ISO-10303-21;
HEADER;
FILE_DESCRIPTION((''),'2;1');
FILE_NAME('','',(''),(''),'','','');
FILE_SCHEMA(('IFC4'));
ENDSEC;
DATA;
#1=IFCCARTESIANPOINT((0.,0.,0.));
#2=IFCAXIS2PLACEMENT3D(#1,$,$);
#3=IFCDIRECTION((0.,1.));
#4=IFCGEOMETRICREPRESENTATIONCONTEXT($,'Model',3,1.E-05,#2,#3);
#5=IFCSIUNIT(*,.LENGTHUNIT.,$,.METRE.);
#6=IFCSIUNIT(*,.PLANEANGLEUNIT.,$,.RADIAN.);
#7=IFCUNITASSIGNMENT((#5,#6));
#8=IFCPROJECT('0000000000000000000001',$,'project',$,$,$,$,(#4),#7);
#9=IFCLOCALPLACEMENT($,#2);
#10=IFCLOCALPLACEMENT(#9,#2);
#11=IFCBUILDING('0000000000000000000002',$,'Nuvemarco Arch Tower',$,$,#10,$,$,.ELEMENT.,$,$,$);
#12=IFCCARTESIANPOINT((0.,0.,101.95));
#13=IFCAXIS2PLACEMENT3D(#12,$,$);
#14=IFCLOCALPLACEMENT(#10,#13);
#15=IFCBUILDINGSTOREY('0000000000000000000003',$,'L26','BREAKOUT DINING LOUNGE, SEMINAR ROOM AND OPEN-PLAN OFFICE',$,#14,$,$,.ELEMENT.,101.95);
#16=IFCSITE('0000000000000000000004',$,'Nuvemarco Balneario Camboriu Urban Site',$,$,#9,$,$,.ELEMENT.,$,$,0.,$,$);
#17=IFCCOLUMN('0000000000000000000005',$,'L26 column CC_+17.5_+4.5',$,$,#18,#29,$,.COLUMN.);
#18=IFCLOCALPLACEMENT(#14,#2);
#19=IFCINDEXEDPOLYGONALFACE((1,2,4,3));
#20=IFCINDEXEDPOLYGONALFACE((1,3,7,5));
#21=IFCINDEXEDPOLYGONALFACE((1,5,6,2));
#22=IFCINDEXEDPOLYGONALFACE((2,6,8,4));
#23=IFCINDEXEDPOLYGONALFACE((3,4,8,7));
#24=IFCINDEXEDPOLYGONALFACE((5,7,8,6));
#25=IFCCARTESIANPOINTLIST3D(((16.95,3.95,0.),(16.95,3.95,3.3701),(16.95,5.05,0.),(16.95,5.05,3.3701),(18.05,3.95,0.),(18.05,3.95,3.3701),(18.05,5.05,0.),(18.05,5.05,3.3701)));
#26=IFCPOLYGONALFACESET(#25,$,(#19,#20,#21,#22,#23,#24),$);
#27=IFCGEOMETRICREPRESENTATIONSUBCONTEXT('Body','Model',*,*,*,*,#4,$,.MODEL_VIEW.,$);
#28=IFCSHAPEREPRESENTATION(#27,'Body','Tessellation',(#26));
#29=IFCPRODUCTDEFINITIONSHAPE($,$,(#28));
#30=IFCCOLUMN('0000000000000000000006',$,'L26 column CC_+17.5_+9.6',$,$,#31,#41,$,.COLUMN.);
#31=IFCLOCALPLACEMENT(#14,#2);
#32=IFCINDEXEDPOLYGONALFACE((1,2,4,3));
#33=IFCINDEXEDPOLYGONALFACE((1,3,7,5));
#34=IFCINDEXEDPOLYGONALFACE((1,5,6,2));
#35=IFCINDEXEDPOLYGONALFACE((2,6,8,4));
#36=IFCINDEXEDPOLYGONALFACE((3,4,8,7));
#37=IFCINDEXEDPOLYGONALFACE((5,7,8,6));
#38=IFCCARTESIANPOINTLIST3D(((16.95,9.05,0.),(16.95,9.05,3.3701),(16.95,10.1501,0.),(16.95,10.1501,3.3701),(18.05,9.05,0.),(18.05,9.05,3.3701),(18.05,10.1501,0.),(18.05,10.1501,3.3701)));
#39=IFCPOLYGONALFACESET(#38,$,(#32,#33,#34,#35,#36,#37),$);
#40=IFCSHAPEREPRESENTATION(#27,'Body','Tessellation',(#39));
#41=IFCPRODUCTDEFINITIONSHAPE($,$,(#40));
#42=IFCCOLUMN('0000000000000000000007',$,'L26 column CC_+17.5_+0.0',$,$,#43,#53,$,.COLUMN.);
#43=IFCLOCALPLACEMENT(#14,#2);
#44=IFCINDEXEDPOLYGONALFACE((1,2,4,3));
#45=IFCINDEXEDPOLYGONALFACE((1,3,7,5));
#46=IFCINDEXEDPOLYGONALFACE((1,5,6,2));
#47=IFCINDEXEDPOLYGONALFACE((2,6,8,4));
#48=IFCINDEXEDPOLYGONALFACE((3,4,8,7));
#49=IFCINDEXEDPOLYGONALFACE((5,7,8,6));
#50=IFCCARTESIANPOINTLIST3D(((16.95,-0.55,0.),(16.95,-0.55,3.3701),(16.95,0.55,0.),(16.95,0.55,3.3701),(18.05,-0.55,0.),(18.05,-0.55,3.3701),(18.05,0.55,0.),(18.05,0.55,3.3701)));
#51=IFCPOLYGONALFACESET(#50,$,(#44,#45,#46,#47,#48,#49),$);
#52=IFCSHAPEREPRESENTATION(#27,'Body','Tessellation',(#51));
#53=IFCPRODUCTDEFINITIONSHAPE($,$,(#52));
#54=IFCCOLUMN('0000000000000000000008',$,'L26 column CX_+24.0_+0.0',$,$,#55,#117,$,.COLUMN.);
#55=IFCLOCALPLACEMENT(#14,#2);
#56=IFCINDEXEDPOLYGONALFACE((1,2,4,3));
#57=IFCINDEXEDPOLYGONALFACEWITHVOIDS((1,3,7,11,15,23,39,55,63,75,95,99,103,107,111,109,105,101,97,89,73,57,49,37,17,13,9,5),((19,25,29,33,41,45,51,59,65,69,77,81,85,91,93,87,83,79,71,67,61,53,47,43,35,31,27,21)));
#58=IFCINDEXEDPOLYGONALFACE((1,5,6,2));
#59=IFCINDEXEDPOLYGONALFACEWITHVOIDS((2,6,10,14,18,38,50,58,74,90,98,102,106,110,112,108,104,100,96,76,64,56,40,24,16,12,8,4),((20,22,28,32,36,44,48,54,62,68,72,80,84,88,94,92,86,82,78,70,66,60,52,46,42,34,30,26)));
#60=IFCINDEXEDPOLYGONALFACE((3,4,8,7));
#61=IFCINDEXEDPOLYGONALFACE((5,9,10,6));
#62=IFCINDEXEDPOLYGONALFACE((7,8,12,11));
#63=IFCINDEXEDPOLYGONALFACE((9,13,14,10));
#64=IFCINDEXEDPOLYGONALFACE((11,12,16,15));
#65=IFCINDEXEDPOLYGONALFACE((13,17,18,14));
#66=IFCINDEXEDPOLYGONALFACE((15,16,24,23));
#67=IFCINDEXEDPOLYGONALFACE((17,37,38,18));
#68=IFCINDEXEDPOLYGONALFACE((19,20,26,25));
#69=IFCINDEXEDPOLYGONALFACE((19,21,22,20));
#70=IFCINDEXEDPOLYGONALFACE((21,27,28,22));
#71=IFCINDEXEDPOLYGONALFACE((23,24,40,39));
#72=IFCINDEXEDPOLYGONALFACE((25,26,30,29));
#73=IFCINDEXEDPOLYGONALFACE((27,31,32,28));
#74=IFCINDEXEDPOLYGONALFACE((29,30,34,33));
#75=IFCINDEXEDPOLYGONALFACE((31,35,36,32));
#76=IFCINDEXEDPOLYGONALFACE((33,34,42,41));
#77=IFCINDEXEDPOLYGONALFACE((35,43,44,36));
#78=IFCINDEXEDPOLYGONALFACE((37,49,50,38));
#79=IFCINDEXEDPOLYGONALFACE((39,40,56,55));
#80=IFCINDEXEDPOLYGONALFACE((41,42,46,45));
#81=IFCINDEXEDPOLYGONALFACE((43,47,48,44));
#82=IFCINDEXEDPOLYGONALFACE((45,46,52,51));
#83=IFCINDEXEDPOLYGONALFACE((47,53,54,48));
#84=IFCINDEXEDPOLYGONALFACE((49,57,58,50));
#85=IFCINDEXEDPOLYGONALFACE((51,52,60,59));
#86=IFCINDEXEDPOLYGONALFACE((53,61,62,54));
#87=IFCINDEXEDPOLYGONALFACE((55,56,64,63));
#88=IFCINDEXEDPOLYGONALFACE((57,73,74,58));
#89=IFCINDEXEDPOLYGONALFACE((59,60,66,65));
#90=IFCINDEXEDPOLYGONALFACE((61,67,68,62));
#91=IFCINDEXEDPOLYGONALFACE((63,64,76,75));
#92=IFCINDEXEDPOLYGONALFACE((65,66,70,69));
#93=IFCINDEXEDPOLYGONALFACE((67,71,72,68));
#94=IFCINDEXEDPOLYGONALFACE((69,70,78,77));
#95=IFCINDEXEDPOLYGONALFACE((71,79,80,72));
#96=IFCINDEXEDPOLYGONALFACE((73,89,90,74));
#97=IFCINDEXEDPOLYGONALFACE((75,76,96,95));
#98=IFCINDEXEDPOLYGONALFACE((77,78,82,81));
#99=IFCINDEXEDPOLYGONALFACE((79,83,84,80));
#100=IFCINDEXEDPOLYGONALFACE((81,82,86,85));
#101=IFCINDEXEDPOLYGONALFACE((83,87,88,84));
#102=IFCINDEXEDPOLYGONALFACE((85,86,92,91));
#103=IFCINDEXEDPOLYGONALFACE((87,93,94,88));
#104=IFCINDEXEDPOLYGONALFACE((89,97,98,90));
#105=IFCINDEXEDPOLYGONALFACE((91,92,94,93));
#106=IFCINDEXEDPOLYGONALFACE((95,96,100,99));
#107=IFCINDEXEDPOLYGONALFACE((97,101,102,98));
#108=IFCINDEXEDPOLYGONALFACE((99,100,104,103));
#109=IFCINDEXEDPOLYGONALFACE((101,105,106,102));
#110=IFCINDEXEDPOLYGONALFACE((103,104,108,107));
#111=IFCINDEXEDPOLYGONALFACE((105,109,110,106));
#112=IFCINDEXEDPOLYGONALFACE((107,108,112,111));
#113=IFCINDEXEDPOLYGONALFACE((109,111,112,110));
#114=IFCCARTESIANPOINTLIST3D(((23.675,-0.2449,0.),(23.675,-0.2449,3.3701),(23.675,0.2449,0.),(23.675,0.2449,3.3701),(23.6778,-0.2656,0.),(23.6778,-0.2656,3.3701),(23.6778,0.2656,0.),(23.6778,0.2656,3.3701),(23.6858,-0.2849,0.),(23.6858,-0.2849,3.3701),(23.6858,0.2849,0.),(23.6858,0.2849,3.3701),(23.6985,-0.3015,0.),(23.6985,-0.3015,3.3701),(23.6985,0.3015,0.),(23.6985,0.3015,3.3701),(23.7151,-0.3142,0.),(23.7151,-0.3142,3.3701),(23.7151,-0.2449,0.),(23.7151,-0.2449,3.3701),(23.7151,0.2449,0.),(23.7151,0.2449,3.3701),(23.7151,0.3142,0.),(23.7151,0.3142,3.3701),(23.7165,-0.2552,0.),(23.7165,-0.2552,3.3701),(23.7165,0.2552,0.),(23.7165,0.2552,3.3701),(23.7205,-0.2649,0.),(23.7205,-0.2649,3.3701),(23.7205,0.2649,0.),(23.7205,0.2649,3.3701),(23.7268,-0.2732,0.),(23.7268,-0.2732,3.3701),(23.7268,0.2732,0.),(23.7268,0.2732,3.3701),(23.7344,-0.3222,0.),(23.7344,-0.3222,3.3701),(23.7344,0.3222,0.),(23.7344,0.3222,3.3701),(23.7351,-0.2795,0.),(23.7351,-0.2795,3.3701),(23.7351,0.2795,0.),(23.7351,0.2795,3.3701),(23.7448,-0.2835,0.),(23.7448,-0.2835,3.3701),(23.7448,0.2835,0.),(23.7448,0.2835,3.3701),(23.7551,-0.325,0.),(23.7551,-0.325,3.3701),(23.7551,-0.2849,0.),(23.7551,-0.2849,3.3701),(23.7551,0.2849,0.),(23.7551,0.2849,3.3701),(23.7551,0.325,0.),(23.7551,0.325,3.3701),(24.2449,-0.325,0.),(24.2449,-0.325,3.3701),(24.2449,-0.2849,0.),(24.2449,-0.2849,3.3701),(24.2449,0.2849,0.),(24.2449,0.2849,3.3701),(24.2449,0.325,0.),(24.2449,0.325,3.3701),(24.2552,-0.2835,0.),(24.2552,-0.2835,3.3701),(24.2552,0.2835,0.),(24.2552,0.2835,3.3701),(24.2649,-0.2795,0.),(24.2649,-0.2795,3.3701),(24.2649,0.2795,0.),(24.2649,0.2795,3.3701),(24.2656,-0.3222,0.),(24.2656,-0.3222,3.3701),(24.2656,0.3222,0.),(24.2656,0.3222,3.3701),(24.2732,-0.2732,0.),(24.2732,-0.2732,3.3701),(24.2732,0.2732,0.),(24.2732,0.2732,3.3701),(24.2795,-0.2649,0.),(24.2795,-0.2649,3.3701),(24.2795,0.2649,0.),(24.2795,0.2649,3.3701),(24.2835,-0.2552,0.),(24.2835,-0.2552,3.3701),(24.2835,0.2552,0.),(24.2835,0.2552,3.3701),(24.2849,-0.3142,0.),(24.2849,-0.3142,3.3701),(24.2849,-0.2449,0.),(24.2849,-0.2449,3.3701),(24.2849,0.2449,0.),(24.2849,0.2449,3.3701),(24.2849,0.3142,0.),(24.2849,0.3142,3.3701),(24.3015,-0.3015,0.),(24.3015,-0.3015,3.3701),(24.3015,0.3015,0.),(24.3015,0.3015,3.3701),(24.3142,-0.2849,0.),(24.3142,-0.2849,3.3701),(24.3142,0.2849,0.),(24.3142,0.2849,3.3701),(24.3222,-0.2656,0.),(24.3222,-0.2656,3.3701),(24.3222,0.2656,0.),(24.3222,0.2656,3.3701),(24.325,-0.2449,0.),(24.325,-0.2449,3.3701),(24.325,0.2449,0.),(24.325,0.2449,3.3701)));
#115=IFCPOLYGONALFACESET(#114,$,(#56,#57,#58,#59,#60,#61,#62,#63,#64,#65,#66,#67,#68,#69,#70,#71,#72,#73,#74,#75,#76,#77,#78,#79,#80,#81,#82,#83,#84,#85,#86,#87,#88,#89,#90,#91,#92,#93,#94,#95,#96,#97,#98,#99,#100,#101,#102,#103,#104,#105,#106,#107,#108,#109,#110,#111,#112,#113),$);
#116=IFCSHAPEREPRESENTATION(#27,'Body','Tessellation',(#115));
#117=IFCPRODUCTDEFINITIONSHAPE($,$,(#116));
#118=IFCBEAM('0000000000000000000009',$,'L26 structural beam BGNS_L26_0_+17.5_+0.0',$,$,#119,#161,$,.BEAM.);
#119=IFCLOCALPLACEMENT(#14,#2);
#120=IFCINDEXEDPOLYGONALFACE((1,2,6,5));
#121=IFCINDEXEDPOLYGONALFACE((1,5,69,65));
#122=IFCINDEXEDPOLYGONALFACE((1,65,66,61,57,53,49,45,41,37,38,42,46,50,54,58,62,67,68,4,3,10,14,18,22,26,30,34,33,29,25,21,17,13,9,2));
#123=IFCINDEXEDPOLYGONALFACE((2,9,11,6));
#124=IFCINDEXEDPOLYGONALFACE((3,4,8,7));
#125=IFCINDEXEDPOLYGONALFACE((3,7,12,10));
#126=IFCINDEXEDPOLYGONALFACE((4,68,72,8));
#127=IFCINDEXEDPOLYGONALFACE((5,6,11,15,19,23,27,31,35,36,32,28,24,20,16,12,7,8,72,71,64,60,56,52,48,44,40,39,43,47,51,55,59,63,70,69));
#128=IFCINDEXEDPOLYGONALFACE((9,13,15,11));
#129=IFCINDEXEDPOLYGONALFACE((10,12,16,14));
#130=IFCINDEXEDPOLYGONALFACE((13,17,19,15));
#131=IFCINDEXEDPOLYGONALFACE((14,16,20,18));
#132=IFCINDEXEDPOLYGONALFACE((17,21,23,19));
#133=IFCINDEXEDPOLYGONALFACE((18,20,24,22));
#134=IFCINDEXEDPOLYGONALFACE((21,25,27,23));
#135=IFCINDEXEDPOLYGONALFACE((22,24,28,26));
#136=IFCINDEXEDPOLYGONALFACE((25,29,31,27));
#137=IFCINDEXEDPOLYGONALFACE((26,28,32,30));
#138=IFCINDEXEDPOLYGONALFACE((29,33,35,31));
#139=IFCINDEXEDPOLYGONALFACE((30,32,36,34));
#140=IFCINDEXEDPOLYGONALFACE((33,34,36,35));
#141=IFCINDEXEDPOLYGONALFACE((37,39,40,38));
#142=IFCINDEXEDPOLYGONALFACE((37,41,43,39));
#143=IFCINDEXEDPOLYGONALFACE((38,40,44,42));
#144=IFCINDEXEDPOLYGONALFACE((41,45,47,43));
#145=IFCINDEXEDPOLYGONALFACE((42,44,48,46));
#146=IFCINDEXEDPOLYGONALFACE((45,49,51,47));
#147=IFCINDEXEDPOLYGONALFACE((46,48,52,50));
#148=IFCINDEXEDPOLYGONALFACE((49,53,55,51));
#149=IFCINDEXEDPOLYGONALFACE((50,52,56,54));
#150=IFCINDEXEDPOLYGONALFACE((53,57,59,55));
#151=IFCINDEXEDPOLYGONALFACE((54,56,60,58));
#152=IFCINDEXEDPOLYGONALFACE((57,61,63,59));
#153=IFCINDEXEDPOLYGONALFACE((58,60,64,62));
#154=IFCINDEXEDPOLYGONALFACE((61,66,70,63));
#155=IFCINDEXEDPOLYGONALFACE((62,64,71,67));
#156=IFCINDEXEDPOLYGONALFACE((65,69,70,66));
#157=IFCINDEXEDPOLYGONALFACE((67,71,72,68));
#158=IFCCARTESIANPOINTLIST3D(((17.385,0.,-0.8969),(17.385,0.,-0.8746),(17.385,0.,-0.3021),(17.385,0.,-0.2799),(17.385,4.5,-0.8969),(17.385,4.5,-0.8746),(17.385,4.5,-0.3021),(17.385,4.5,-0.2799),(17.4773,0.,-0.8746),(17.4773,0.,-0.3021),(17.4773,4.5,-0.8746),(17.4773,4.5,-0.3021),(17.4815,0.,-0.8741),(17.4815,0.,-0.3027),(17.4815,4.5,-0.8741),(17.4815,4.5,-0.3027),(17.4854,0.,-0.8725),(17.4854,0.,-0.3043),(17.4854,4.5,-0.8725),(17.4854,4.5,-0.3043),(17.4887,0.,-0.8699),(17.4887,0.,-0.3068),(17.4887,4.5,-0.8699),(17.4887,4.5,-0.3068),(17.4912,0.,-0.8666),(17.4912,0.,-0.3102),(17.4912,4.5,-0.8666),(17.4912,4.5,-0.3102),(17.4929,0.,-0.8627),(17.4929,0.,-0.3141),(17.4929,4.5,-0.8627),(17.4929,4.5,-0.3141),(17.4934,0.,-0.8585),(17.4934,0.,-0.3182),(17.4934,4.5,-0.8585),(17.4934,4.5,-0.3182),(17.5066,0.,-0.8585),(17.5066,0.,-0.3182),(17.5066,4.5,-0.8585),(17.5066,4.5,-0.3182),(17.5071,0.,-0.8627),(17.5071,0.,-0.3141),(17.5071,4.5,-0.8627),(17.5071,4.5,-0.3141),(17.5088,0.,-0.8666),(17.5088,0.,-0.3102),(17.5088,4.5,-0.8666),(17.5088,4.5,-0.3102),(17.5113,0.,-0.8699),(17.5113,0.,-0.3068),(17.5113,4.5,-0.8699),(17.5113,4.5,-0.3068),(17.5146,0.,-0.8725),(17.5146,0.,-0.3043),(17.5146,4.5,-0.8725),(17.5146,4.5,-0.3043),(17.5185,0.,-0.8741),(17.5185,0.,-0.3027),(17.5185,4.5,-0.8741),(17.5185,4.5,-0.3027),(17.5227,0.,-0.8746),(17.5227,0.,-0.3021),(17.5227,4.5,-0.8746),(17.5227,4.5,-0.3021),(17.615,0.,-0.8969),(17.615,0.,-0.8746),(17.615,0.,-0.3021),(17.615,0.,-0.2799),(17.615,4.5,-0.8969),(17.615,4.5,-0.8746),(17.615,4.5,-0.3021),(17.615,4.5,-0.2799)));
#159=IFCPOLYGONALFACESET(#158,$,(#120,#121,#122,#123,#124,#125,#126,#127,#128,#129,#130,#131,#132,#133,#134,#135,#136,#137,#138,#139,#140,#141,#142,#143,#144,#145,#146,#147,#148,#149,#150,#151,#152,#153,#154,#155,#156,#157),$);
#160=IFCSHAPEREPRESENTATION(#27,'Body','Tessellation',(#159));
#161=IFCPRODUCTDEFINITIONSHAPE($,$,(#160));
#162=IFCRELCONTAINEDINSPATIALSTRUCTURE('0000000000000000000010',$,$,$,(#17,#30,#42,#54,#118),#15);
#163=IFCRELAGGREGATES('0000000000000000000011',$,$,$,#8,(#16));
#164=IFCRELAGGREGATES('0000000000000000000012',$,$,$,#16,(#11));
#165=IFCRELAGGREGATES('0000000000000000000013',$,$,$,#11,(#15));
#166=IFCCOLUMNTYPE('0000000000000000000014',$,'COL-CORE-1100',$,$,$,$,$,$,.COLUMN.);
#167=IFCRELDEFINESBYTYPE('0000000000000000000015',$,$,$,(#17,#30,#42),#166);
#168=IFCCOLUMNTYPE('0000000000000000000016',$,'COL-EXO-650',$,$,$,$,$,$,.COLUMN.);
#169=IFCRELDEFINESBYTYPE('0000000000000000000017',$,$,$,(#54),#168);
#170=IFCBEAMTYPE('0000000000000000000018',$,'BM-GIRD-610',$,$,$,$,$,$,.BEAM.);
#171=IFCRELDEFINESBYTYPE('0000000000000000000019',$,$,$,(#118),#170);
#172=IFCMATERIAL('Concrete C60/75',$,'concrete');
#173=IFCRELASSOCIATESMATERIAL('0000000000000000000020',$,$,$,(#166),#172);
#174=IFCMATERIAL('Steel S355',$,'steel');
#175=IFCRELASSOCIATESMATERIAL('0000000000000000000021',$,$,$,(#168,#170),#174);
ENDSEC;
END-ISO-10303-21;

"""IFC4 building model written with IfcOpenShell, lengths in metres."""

from ifc_helpers import new_model, si_unit, direction, frame, origin, origin_2d, place, context, subcontext, project, spatial, rectangle, hollow_rectangle, i_section, extrude, material, material_profile, profile_set, type_object, element, save


model = new_model("IFC4")

# Units and contexts
model_context = context("Model", 3, precision=1e-05, world=origin(), true_north=direction((0.0, 1.0)))
body_context = subcontext(model_context, "Body", "Model", "MODEL_VIEW")
ifc_project = project(units=[si_unit("LENGTHUNIT", "METRE"), si_unit("PLANEANGLEUNIT", "RADIAN")], contexts=[model_context])

# Site, building, storey
site_placement = place(None, origin())
site = spatial("IfcSite", under=ifc_project, at=site_placement, Name="Nuvemarco Balneario Camboriu Urban Site", CompositionType="ELEMENT", RefElevation=0.0)
building_placement = place(site_placement, origin())
building = spatial("IfcBuilding", under=site, at=building_placement, Name="Nuvemarco Arch Tower", CompositionType="ELEMENT")
storey_placement = place(building_placement, frame((0.0, 0.0, 101.95)))
storey = spatial("IfcBuildingStorey", under=building, at=storey_placement, Name="L26", Description="BREAKOUT DINING LOUNGE, SEMINAR ROOM AND OPEN-PLAN OFFICE", CompositionType="ELEMENT", Elevation=101.95)

# Columns
ifc_material_1 = material(Name="Concrete C60/75", Category="concrete")
ifc_material_profile_1 = material_profile(ifc_material_1, rectangle(XDim=1.1001, YDim=1.1001, at=origin_2d()), Name="RC-COL-1100x1100")
ifc_profile_set_1 = profile_set([ifc_material_profile_1], Name="Concrete C60/75")
column_type_1 = type_object("IfcColumnType", Name="COL-CORE-1100", PredefinedType="COLUMN", material=ifc_profile_set_1)
for number, where, z_axis, x_axis, name in (
    (1, (17.5, 4.5, 0.0), (0.0, 0.0, 1.0), (1.0, 0.0, 0.0), "L26 column CC_+17.5_+4.5"),
    (2, (17.5, 9.6001, 0.0), (0.0, 0.0, 1.0), (1.0, 0.0, 0.0), "L26 column CC_+17.5_+9.6"),
    (3, (17.5, 0.0, 0.0), (0.0, 0.0, 1.0), (1.0, 0.0, 0.0), "L26 column CC_+17.5_+0.0"),
):
    element("IfcColumn", number, at=place(storey_placement, frame(where, z_axis=z_axis, x_axis=x_axis)), inside=storey, type_object=column_type_1, Name=name, PredefinedType="COLUMN", context=body_context, shape_type="SweptSolid", body=[
        extrude(rectangle(XDim=1.1001, YDim=1.1001, at=origin_2d()), origin(), (0.0, 0.0, 1.0), 3.3701),
    ])
ifc_material_2 = material(Name="Steel S355", Category="steel")
ifc_material_profile_2 = material_profile(ifc_material_2, hollow_rectangle(XDim=0.6499, YDim=0.6499, WallThickness=0.04, InnerFilletRadius=0.04, OuterFilletRadius=0.0801, at=origin_2d()), Name="SHS650x650x40")
ifc_profile_set_2 = profile_set([ifc_material_profile_2], Name="Steel S355")
column_type_2 = type_object("IfcColumnType", Name="COL-EXO-650", PredefinedType="COLUMN", material=ifc_profile_set_2)
column_placement = place(storey_placement, frame((24.0, 0.0, 0.0), z_axis=(0.0, 0.0, 1.0), x_axis=(1.0, 0.0, 0.0)))
element("IfcColumn", 4, at=column_placement, inside=storey, type_object=column_type_2, Name="L26 column CX_+24.0_+0.0", PredefinedType="COLUMN", context=body_context, shape_type="SweptSolid", body=[
    extrude(hollow_rectangle(XDim=0.6499, YDim=0.6499, WallThickness=0.04, InnerFilletRadius=0.04, OuterFilletRadius=0.0801, at=origin_2d()), origin(), (0.0, 0.0, 1.0), 3.3701),
])

# Beam
ifc_material_profile_3 = material_profile(ifc_material_2, i_section(OverallWidth=0.23, OverallDepth=0.6169, WebThickness=0.0132, FlangeThickness=0.0222, FilletRadius=0.0161, at=origin_2d()), Name="W610x140")
ifc_profile_set_3 = profile_set([ifc_material_profile_3], Name="Steel S355")
beam_type_1 = type_object("IfcBeamType", Name="BM-GIRD-610", PredefinedType="BEAM", material=ifc_profile_set_3)
beam_1_placement = place(storey_placement, frame((17.5, 0.0, -0.5884), z_axis=(0.0, 1.0, 0.0), x_axis=(-1.0, 0.0, 0.0)))
element("IfcBeam", 5, at=beam_1_placement, inside=storey, type_object=beam_type_1, Name="L26 structural beam BGNS_L26_0_+17.5_+0.0", PredefinedType="BEAM", context=body_context, shape_type="SweptSolid", body=[
    extrude(i_section(OverallWidth=0.23, OverallDepth=0.6169, WebThickness=0.0132, FlangeThickness=0.0222, FilletRadius=0.0161, at=origin_2d()), origin(), (0.0, 0.0, 1.0), 4.5),
])

save(model, "model.ifc")
